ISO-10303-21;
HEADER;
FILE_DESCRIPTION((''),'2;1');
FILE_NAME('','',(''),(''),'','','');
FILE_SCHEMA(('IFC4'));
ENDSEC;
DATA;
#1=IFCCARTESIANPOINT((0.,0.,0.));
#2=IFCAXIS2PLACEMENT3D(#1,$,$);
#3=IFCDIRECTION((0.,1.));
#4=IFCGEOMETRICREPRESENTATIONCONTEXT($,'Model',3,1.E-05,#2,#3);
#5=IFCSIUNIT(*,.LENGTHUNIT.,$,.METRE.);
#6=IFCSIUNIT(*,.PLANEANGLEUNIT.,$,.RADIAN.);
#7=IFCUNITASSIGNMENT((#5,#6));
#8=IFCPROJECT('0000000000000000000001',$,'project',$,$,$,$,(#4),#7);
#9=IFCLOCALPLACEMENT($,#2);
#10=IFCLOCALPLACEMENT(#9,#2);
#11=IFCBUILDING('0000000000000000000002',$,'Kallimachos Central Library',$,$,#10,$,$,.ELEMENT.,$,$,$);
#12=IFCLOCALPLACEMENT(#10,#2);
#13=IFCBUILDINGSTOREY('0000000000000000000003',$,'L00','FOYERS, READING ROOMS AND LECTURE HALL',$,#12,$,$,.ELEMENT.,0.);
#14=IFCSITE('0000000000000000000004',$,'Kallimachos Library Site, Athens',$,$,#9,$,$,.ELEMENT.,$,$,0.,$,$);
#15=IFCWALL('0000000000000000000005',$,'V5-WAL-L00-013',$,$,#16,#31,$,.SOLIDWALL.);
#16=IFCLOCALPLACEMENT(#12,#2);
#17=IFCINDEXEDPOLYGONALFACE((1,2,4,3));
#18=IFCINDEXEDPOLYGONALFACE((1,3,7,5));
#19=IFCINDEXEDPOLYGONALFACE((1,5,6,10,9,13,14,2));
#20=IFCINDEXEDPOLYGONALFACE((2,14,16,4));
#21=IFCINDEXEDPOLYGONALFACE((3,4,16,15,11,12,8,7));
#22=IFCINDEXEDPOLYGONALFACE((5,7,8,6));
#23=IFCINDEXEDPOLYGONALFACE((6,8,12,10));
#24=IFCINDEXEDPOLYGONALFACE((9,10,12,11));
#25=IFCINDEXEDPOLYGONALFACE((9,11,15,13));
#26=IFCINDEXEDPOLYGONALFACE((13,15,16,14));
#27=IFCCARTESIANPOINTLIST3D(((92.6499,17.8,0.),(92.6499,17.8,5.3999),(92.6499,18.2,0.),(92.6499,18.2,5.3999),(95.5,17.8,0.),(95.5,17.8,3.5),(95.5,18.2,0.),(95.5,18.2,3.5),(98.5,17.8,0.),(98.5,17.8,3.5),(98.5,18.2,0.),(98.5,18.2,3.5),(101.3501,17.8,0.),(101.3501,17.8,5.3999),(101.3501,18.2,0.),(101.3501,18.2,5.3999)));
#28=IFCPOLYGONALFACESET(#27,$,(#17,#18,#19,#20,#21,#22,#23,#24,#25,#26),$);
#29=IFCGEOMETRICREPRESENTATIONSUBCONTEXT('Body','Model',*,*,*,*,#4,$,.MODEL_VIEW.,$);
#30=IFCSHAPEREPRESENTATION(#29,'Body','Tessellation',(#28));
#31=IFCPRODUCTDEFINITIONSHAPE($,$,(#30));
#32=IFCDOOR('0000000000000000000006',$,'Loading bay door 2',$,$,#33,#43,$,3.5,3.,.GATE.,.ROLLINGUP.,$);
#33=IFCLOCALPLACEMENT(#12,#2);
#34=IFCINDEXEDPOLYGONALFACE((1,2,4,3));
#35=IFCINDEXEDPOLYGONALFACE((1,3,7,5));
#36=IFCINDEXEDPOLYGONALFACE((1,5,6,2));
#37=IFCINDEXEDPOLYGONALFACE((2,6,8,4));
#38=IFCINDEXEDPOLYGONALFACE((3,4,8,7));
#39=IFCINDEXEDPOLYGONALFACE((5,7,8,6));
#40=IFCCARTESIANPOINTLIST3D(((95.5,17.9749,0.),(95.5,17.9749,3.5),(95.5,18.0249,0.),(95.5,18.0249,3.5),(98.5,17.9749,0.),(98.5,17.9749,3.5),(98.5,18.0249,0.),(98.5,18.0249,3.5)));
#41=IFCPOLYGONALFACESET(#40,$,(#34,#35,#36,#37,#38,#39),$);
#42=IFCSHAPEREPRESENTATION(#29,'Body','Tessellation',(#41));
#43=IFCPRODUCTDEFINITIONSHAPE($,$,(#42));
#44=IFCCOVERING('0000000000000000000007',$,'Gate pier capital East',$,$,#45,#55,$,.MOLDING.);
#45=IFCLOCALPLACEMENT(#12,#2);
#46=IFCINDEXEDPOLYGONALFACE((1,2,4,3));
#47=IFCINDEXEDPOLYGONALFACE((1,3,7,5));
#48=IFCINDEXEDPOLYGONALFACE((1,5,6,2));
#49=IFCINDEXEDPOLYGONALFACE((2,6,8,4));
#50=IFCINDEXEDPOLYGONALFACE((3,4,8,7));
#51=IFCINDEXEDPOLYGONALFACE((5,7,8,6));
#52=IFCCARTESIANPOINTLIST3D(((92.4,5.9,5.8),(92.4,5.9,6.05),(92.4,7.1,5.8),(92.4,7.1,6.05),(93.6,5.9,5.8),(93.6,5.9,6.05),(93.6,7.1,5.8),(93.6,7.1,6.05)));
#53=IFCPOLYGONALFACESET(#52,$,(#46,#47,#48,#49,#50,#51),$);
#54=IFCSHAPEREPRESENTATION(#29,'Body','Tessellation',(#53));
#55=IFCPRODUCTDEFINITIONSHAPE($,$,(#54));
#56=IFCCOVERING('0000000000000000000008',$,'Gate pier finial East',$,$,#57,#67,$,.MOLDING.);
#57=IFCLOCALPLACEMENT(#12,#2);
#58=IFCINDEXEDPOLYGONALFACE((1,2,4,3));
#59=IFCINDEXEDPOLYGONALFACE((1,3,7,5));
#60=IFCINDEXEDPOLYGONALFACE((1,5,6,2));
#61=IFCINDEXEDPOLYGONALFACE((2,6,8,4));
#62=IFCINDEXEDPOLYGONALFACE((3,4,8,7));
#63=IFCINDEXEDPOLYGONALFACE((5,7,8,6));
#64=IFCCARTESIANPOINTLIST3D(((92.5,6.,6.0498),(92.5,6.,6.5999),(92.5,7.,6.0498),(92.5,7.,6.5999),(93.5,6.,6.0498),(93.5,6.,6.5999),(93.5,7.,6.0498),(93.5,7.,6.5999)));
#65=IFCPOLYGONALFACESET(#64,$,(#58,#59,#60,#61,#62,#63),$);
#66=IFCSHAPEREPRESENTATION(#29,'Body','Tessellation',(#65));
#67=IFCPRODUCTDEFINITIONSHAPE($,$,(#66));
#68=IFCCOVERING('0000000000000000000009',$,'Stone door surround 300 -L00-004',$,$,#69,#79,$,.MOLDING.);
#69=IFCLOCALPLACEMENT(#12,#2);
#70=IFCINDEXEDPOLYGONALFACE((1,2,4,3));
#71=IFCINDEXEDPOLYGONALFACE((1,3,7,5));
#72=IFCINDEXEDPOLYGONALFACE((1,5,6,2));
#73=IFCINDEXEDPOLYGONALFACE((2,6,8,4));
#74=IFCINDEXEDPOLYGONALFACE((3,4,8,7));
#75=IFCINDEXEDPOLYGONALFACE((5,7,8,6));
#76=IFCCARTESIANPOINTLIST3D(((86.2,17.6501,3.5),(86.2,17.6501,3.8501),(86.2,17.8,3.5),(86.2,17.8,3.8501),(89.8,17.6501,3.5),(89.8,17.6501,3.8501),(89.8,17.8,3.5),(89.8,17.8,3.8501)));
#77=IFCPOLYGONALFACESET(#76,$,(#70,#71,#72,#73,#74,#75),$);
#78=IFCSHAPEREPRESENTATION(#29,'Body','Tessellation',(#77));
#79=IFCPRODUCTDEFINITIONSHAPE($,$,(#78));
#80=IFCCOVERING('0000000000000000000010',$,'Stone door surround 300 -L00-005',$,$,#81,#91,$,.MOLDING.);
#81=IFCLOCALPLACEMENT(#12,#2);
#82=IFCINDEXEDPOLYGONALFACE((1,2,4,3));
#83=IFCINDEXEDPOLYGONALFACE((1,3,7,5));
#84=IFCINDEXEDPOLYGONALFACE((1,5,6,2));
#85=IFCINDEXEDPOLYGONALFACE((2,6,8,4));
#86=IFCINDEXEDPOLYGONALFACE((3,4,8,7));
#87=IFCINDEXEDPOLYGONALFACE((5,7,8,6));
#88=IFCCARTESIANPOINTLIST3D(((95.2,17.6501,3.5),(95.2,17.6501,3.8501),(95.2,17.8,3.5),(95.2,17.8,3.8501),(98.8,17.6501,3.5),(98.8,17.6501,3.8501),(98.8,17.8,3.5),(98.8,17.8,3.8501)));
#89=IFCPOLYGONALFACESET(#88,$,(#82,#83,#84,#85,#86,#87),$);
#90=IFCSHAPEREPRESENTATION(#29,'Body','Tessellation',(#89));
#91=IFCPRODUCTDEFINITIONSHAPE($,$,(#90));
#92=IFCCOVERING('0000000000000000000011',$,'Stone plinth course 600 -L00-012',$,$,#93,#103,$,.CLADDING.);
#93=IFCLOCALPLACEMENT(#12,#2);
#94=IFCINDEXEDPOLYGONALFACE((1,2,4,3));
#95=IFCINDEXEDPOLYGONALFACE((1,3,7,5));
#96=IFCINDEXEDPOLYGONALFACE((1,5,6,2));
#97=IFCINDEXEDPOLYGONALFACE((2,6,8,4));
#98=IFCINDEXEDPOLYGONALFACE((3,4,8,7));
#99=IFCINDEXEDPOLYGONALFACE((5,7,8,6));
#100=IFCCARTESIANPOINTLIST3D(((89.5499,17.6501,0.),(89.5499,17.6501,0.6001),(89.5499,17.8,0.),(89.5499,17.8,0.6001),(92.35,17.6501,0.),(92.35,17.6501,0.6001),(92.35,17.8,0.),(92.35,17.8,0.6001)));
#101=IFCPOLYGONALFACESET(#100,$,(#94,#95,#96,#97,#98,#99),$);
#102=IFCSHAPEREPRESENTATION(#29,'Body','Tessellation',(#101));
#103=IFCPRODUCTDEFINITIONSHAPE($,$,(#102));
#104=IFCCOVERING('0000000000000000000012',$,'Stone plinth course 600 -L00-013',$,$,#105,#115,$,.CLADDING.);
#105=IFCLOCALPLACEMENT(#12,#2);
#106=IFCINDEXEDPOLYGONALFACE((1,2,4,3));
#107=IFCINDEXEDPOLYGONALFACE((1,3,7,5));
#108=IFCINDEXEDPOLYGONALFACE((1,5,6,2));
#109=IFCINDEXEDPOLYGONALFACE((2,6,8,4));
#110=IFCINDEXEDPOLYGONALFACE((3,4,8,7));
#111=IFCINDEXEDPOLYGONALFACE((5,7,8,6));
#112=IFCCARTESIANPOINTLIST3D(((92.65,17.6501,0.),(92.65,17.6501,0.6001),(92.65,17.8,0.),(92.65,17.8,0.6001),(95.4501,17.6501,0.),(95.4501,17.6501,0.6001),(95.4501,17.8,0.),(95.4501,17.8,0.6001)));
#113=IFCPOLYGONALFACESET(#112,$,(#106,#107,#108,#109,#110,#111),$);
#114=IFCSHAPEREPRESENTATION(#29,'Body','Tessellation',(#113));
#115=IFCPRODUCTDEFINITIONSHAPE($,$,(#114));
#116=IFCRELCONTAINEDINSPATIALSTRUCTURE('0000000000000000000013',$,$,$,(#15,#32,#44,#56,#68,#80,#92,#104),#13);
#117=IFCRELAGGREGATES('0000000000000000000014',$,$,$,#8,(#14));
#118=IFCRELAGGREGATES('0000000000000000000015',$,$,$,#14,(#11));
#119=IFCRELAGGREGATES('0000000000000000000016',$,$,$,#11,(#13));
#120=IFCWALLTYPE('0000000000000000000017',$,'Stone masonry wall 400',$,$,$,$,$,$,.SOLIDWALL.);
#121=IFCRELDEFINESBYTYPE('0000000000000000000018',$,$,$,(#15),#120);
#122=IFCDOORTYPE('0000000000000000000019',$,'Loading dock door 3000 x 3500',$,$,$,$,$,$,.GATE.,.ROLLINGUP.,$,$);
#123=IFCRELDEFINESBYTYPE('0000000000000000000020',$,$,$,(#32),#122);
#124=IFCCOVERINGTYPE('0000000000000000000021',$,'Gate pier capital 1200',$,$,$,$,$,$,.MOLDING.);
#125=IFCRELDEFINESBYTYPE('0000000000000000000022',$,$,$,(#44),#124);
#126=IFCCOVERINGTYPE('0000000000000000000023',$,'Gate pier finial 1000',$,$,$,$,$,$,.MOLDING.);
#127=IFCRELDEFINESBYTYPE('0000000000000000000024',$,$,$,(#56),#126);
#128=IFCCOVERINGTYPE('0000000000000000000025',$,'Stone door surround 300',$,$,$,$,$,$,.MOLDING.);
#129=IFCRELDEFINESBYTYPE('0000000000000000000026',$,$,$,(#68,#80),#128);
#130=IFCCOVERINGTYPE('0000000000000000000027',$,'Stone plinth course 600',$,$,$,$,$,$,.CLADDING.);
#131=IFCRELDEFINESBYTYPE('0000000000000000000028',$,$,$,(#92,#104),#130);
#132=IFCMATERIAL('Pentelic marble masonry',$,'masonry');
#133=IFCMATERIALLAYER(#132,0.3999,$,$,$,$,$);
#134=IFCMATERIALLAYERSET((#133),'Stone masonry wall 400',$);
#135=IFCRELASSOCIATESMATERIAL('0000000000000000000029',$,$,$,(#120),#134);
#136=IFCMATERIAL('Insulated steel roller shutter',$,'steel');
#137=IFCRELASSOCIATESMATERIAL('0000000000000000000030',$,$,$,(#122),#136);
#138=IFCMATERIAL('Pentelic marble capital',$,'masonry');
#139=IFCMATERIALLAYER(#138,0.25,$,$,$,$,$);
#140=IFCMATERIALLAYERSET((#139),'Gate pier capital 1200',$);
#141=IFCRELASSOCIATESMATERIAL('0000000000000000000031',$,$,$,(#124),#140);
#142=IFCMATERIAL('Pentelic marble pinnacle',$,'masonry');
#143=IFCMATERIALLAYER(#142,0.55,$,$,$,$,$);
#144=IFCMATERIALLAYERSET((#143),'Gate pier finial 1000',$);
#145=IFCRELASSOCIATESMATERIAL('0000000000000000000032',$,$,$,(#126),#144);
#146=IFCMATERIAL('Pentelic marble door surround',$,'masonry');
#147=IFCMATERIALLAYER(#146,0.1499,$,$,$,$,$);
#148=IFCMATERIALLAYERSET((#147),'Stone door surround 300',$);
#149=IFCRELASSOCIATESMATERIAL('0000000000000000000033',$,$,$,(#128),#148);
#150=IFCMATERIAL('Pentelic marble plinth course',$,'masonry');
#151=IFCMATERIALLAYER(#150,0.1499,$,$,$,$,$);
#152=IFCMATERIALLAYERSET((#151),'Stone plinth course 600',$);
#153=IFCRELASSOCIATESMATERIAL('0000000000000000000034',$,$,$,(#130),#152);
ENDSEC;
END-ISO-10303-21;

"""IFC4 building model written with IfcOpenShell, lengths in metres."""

from ifc_helpers import new_model, si_unit, direction, frame, frame_2d, origin, origin_2d, place, context, subcontext, project, spatial, rectangle, extrude, material, layer, layer_set, type_object, element, fill, save


model = new_model("IFC4")

# Units and contexts
model_context = context("Model", 3, precision=1e-05, world=origin(), true_north=direction((0.0, 1.0)))
body_context = subcontext(model_context, "Body", "Model", "MODEL_VIEW")
ifc_project = project(units=[si_unit("LENGTHUNIT", "METRE"), si_unit("PLANEANGLEUNIT", "RADIAN")], contexts=[model_context])

# Site, building, storey
site_placement = place(None, origin())
site = spatial("IfcSite", under=ifc_project, at=site_placement, Name="Kallimachos Library Site, Athens", CompositionType="ELEMENT", RefElevation=0.0)
building_placement = place(site_placement, origin())
building = spatial("IfcBuilding", under=site, at=building_placement, Name="Kallimachos Central Library", CompositionType="ELEMENT")
storey_placement = place(building_placement, origin())
storey = spatial("IfcBuildingStorey", under=building, at=storey_placement, Name="L00", Description="FOYERS, READING ROOMS AND LECTURE HALL", CompositionType="ELEMENT", Elevation=0.0)

# Wall, opening, door
ifc_material_1 = material(Name="Pentelic marble masonry", Category="masonry")
ifc_layer_1 = layer(ifc_material_1, 0.3999)
ifc_layer_set_1 = layer_set([ifc_layer_1], Name="Stone masonry wall 400")
wall_type_1 = type_object("IfcWallType", Name="Stone masonry wall 400", PredefinedType="SOLIDWALL", material=ifc_layer_set_1)
wall_1_placement = place(storey_placement, frame((92.6499, 18.0, 0.0), z_axis=(0.0, 0.0, 1.0), x_axis=(1.0, 0.0, 0.0)))
wall_1 = element("IfcWall", 1, at=wall_1_placement, inside=storey, type_object=wall_type_1, Name="V5-WAL-L00-013", PredefinedType="SOLIDWALL", context=body_context, shape_type="SweptSolid", body=[
    extrude(rectangle(XDim=8.7002, YDim=0.3999, at=frame_2d((4.3501, 0.0))), origin(), (0.0, 0.0, 1.0), 5.3999),
])
opening_placement = place(wall_1_placement, frame((2.8501, 0.0, 0.0)))
opening = element("IfcOpeningElement", 2, at=opening_placement, cuts=wall_1, PredefinedType="OPENING", context=body_context, shape_type="SweptSolid", body=[
    extrude(rectangle(XDim=3.0, YDim=3.5, at=frame_2d((1.5, 1.75))), frame((0.0, 0.21, 0.0), z_axis=(0.0, -1.0, 0.0), x_axis=(1.0, 0.0, 0.0)), (0.0, 0.0, 1.0), 0.4199),
])
ifc_material_2 = material(Name="Insulated steel roller shutter", Category="steel")
door_type = type_object("IfcDoorType", Name="Loading dock door 3000 x 3500", OperationType="ROLLINGUP", PredefinedType="GATE", material=ifc_material_2)
door_placement = place(opening_placement, origin())
door = element("IfcDoor", 3, at=door_placement, inside=storey, type_object=door_type, Name="Loading bay door 2", OperationType="ROLLINGUP", OverallHeight=3.5, OverallWidth=3.0, PredefinedType="GATE", context=body_context, shape_type="SweptSolid", body=[
    extrude(rectangle(XDim=3.0, YDim=3.5, at=frame_2d((1.5, 1.75))), frame((0.0, 0.0249, 0.0), z_axis=(0.0, -1.0, 0.0), x_axis=(1.0, 0.0, 0.0)), (0.0, 0.0, 1.0), 0.05),
])
fill(opening, door)

# Coverings
ifc_material_3 = material(Name="Pentelic marble capital", Category="masonry")
ifc_layer_2 = layer(ifc_material_3, 0.25)
ifc_layer_set_2 = layer_set([ifc_layer_2], Name="Gate pier capital 1200")
covering_type_1 = type_object("IfcCoveringType", Name="Gate pier capital 1200", PredefinedType="MOLDING", material=ifc_layer_set_2)
covering_1_placement = place(storey_placement, frame((93.0, 6.5, 5.8), z_axis=(0.0, 0.0, 1.0), x_axis=(1.0, 0.0, 0.0)))
element("IfcCovering", 4, at=covering_1_placement, inside=storey, type_object=covering_type_1, Name="Gate pier capital East", PredefinedType="MOLDING", context=body_context, shape_type="SweptSolid", body=[
    extrude(rectangle(XDim=1.2, YDim=1.2, at=origin_2d()), origin(), (0.0, 0.0, 1.0), 0.25),
])
ifc_material_4 = material(Name="Pentelic marble pinnacle", Category="masonry")
ifc_layer_3 = layer(ifc_material_4, 0.55)
ifc_layer_set_3 = layer_set([ifc_layer_3], Name="Gate pier finial 1000")
covering_type_2 = type_object("IfcCoveringType", Name="Gate pier finial 1000", PredefinedType="MOLDING", material=ifc_layer_set_3)
covering_2_placement = place(storey_placement, frame((93.0, 6.5, 6.0498), z_axis=(0.0, 0.0, 1.0), x_axis=(1.0, 0.0, 0.0)))
element("IfcCovering", 5, at=covering_2_placement, inside=storey, type_object=covering_type_2, Name="Gate pier finial East", PredefinedType="MOLDING", context=body_context, shape_type="SweptSolid", body=[
    extrude(rectangle(XDim=1.0, YDim=1.0, at=origin_2d()), origin(), (0.0, 0.0, 1.0), 0.55),
])
ifc_material_5 = material(Name="Pentelic marble door surround", Category="masonry")
ifc_layer_4 = layer(ifc_material_5, 0.1499)
ifc_layer_set_4 = layer_set([ifc_layer_4], Name="Stone door surround 300")
covering_type_3 = type_object("IfcCoveringType", Name="Stone door surround 300", PredefinedType="MOLDING", material=ifc_layer_set_4)
for number, where, z_axis, x_axis, name in (
    (6, (88.0, 17.7251, 3.5), (0.0, 0.0, 1.0), (1.0, 0.0, 0.0), "Stone door surround 300 -L00-004"),
    (7, (97.0, 17.7251, 3.5), (0.0, 0.0, 1.0), (1.0, 0.0, 0.0), "Stone door surround 300 -L00-005"),
):
    element("IfcCovering", number, at=place(storey_placement, frame(where, z_axis=z_axis, x_axis=x_axis)), inside=storey, type_object=covering_type_3, Name=name, PredefinedType="MOLDING", context=body_context, shape_type="SweptSolid", body=[
        extrude(rectangle(XDim=3.6001, YDim=0.1499, at=origin_2d()), origin(), (0.0, 0.0, 1.0), 0.3501),
    ])
ifc_material_6 = material(Name="Pentelic marble plinth course", Category="masonry")
ifc_layer_5 = layer(ifc_material_6, 0.1499)
ifc_layer_set_5 = layer_set([ifc_layer_5], Name="Stone plinth course 600")
covering_type_4 = type_object("IfcCoveringType", Name="Stone plinth course 600", PredefinedType="CLADDING", material=ifc_layer_set_5)
for number, where, z_axis, x_axis, name in (
    (8, (90.95, 17.7251, 0.0), (0.0, 0.0, 1.0), (1.0, 0.0, 0.0), "Stone plinth course 600 -L00-012"),
    (9, (94.05, 17.7251, 0.0), (0.0, 0.0, 1.0), (1.0, 0.0, 0.0), "Stone plinth course 600 -L00-013"),
):
    element("IfcCovering", number, at=place(storey_placement, frame(where, z_axis=z_axis, x_axis=x_axis)), inside=storey, type_object=covering_type_4, Name=name, PredefinedType="CLADDING", context=body_context, shape_type="SweptSolid", body=[
        extrude(rectangle(XDim=2.8, YDim=0.1499, at=origin_2d()), origin(), (0.0, 0.0, 1.0), 0.6001),
    ])

save(model, "model.ifc")
